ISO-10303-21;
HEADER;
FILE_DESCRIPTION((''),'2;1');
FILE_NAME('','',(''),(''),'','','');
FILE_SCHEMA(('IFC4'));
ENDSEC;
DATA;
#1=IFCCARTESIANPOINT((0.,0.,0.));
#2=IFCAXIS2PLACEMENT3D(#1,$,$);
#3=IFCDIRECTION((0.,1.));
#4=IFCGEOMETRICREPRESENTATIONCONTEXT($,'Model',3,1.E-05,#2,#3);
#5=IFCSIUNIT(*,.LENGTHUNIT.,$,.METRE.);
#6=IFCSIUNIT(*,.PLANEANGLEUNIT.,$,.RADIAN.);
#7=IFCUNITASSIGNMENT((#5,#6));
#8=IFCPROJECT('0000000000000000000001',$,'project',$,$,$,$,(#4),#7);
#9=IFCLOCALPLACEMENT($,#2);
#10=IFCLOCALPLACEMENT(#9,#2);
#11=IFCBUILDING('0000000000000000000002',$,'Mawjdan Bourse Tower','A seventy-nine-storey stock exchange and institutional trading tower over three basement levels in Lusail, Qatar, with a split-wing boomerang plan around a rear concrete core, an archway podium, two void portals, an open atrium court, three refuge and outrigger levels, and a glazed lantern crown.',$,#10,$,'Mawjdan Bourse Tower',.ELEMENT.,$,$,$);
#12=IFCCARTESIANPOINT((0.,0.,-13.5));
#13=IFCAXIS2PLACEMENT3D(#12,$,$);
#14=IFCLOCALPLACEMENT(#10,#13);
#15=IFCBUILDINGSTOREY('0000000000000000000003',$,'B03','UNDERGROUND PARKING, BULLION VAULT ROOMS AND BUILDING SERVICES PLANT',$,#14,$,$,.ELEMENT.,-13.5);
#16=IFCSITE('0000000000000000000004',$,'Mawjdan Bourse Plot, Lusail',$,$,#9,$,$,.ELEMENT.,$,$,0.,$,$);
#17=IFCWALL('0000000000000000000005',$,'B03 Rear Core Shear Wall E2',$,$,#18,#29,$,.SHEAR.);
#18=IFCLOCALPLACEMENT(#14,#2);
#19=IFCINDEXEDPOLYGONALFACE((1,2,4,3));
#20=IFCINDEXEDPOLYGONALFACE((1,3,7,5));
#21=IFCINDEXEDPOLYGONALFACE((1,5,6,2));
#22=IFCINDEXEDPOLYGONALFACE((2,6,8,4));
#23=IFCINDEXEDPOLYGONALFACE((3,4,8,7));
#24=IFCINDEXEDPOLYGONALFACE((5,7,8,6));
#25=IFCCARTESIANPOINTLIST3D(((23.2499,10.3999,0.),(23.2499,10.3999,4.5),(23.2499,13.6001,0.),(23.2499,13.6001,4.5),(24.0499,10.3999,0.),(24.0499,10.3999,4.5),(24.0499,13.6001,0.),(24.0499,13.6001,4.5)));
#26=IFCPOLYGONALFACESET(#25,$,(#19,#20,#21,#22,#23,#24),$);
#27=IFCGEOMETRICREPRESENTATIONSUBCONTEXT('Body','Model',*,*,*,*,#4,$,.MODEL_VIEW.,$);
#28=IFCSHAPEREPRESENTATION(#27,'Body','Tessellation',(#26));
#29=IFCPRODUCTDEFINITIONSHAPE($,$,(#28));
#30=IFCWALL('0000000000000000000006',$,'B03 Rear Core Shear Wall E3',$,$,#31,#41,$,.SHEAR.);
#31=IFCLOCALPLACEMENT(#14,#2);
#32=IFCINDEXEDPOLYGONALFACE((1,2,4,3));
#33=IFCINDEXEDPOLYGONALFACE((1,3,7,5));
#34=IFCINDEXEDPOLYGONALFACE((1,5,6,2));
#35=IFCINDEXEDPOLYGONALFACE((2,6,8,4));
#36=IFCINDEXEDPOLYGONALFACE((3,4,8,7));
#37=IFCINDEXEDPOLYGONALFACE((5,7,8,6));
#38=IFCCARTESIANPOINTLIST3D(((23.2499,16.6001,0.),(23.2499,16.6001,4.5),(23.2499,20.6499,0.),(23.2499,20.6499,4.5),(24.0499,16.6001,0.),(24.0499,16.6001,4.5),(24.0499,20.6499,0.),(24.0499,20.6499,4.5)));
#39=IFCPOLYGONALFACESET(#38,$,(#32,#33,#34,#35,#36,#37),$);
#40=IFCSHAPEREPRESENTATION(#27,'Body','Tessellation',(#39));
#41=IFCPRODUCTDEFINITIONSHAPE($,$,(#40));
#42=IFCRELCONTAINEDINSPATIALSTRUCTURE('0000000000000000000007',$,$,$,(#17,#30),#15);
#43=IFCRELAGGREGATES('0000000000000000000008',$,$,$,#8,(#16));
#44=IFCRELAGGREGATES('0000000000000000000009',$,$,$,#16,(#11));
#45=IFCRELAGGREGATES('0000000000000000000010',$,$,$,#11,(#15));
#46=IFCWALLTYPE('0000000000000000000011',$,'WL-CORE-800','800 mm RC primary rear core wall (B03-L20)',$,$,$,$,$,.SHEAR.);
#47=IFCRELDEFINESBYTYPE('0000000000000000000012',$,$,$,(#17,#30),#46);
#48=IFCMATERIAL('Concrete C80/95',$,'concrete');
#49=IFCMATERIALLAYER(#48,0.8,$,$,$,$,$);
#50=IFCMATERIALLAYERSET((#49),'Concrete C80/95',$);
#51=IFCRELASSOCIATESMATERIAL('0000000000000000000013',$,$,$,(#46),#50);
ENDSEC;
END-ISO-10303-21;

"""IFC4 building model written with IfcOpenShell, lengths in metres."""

from ifc_helpers import new_model, si_unit, direction, frame, frame_2d, origin, place, context, subcontext, project, spatial, rectangle, extrude, material, layer, layer_set, type_object, element, save


model = new_model("IFC4")

# Units and contexts
model_context = context("Model", 3, precision=1e-05, world=origin(), true_north=direction((0.0, 1.0)))
body_context = subcontext(model_context, "Body", "Model", "MODEL_VIEW")
ifc_project = project(units=[si_unit("LENGTHUNIT", "METRE"), si_unit("PLANEANGLEUNIT", "RADIAN")], contexts=[model_context])

# Site, building, storey
site_placement = place(None, origin())
site = spatial("IfcSite", under=ifc_project, at=site_placement, Name="Mawjdan Bourse Plot, Lusail", CompositionType="ELEMENT", RefElevation=0.0)
building_placement = place(site_placement, origin())
building = spatial("IfcBuilding", under=site, at=building_placement, Name="Mawjdan Bourse Tower", Description="A seventy-nine-storey stock exchange and institutional trading tower over three basement levels in Lusail, Qatar, with a split-wing boomerang plan around a rear concrete core, an archway podium, two void portals, an open atrium court, three refuge and outrigger levels, and a glazed lantern crown.", LongName="Mawjdan Bourse Tower", CompositionType="ELEMENT")
storey_placement = place(building_placement, frame((0.0, 0.0, -13.5)))
storey = spatial("IfcBuildingStorey", under=building, at=storey_placement, Name="B03", Description="UNDERGROUND PARKING, BULLION VAULT ROOMS AND BUILDING SERVICES PLANT", CompositionType="ELEMENT", Elevation=-13.5)

# Shared definitions
ifc_material_1 = material(Name="Concrete C80/95", Category="concrete")

# Walls
ifc_layer_1 = layer(ifc_material_1, 0.8)
ifc_layer_set_1 = layer_set([ifc_layer_1], Name="Concrete C80/95")
wall_type_1 = type_object("IfcWallType", Name="WL-CORE-800", Description="800 mm RC primary rear core wall (B03-L20)", PredefinedType="SHEAR", material=ifc_layer_set_1)
wall_1_placement = place(storey_placement, frame((23.6499, 10.3999, 0.0), z_axis=(0.0, 0.0, 1.0), x_axis=(0.0, 1.0, 0.0)))
element("IfcWall", 1, at=wall_1_placement, inside=storey, type_object=wall_type_1, Name="B03 Rear Core Shear Wall E2", PredefinedType="SHEAR", context=body_context, shape_type="SweptSolid", body=[
    extrude(rectangle(XDim=3.2002, YDim=0.8, at=frame_2d((1.6001, 0.0))), origin(), (0.0, 0.0, 1.0), 4.5),
])
wall_2_placement = place(storey_placement, frame((23.6499, 16.6001, 0.0), z_axis=(0.0, 0.0, 1.0), x_axis=(0.0, 1.0, 0.0)))
element("IfcWall", 2, at=wall_2_placement, inside=storey, type_object=wall_type_1, Name="B03 Rear Core Shear Wall E3", PredefinedType="SHEAR", context=body_context, shape_type="SweptSolid", body=[
    extrude(rectangle(XDim=4.0498, YDim=0.8, at=frame_2d((2.0249, 0.0))), origin(), (0.0, 0.0, 1.0), 4.5),
])

save(model, "model.ifc")
